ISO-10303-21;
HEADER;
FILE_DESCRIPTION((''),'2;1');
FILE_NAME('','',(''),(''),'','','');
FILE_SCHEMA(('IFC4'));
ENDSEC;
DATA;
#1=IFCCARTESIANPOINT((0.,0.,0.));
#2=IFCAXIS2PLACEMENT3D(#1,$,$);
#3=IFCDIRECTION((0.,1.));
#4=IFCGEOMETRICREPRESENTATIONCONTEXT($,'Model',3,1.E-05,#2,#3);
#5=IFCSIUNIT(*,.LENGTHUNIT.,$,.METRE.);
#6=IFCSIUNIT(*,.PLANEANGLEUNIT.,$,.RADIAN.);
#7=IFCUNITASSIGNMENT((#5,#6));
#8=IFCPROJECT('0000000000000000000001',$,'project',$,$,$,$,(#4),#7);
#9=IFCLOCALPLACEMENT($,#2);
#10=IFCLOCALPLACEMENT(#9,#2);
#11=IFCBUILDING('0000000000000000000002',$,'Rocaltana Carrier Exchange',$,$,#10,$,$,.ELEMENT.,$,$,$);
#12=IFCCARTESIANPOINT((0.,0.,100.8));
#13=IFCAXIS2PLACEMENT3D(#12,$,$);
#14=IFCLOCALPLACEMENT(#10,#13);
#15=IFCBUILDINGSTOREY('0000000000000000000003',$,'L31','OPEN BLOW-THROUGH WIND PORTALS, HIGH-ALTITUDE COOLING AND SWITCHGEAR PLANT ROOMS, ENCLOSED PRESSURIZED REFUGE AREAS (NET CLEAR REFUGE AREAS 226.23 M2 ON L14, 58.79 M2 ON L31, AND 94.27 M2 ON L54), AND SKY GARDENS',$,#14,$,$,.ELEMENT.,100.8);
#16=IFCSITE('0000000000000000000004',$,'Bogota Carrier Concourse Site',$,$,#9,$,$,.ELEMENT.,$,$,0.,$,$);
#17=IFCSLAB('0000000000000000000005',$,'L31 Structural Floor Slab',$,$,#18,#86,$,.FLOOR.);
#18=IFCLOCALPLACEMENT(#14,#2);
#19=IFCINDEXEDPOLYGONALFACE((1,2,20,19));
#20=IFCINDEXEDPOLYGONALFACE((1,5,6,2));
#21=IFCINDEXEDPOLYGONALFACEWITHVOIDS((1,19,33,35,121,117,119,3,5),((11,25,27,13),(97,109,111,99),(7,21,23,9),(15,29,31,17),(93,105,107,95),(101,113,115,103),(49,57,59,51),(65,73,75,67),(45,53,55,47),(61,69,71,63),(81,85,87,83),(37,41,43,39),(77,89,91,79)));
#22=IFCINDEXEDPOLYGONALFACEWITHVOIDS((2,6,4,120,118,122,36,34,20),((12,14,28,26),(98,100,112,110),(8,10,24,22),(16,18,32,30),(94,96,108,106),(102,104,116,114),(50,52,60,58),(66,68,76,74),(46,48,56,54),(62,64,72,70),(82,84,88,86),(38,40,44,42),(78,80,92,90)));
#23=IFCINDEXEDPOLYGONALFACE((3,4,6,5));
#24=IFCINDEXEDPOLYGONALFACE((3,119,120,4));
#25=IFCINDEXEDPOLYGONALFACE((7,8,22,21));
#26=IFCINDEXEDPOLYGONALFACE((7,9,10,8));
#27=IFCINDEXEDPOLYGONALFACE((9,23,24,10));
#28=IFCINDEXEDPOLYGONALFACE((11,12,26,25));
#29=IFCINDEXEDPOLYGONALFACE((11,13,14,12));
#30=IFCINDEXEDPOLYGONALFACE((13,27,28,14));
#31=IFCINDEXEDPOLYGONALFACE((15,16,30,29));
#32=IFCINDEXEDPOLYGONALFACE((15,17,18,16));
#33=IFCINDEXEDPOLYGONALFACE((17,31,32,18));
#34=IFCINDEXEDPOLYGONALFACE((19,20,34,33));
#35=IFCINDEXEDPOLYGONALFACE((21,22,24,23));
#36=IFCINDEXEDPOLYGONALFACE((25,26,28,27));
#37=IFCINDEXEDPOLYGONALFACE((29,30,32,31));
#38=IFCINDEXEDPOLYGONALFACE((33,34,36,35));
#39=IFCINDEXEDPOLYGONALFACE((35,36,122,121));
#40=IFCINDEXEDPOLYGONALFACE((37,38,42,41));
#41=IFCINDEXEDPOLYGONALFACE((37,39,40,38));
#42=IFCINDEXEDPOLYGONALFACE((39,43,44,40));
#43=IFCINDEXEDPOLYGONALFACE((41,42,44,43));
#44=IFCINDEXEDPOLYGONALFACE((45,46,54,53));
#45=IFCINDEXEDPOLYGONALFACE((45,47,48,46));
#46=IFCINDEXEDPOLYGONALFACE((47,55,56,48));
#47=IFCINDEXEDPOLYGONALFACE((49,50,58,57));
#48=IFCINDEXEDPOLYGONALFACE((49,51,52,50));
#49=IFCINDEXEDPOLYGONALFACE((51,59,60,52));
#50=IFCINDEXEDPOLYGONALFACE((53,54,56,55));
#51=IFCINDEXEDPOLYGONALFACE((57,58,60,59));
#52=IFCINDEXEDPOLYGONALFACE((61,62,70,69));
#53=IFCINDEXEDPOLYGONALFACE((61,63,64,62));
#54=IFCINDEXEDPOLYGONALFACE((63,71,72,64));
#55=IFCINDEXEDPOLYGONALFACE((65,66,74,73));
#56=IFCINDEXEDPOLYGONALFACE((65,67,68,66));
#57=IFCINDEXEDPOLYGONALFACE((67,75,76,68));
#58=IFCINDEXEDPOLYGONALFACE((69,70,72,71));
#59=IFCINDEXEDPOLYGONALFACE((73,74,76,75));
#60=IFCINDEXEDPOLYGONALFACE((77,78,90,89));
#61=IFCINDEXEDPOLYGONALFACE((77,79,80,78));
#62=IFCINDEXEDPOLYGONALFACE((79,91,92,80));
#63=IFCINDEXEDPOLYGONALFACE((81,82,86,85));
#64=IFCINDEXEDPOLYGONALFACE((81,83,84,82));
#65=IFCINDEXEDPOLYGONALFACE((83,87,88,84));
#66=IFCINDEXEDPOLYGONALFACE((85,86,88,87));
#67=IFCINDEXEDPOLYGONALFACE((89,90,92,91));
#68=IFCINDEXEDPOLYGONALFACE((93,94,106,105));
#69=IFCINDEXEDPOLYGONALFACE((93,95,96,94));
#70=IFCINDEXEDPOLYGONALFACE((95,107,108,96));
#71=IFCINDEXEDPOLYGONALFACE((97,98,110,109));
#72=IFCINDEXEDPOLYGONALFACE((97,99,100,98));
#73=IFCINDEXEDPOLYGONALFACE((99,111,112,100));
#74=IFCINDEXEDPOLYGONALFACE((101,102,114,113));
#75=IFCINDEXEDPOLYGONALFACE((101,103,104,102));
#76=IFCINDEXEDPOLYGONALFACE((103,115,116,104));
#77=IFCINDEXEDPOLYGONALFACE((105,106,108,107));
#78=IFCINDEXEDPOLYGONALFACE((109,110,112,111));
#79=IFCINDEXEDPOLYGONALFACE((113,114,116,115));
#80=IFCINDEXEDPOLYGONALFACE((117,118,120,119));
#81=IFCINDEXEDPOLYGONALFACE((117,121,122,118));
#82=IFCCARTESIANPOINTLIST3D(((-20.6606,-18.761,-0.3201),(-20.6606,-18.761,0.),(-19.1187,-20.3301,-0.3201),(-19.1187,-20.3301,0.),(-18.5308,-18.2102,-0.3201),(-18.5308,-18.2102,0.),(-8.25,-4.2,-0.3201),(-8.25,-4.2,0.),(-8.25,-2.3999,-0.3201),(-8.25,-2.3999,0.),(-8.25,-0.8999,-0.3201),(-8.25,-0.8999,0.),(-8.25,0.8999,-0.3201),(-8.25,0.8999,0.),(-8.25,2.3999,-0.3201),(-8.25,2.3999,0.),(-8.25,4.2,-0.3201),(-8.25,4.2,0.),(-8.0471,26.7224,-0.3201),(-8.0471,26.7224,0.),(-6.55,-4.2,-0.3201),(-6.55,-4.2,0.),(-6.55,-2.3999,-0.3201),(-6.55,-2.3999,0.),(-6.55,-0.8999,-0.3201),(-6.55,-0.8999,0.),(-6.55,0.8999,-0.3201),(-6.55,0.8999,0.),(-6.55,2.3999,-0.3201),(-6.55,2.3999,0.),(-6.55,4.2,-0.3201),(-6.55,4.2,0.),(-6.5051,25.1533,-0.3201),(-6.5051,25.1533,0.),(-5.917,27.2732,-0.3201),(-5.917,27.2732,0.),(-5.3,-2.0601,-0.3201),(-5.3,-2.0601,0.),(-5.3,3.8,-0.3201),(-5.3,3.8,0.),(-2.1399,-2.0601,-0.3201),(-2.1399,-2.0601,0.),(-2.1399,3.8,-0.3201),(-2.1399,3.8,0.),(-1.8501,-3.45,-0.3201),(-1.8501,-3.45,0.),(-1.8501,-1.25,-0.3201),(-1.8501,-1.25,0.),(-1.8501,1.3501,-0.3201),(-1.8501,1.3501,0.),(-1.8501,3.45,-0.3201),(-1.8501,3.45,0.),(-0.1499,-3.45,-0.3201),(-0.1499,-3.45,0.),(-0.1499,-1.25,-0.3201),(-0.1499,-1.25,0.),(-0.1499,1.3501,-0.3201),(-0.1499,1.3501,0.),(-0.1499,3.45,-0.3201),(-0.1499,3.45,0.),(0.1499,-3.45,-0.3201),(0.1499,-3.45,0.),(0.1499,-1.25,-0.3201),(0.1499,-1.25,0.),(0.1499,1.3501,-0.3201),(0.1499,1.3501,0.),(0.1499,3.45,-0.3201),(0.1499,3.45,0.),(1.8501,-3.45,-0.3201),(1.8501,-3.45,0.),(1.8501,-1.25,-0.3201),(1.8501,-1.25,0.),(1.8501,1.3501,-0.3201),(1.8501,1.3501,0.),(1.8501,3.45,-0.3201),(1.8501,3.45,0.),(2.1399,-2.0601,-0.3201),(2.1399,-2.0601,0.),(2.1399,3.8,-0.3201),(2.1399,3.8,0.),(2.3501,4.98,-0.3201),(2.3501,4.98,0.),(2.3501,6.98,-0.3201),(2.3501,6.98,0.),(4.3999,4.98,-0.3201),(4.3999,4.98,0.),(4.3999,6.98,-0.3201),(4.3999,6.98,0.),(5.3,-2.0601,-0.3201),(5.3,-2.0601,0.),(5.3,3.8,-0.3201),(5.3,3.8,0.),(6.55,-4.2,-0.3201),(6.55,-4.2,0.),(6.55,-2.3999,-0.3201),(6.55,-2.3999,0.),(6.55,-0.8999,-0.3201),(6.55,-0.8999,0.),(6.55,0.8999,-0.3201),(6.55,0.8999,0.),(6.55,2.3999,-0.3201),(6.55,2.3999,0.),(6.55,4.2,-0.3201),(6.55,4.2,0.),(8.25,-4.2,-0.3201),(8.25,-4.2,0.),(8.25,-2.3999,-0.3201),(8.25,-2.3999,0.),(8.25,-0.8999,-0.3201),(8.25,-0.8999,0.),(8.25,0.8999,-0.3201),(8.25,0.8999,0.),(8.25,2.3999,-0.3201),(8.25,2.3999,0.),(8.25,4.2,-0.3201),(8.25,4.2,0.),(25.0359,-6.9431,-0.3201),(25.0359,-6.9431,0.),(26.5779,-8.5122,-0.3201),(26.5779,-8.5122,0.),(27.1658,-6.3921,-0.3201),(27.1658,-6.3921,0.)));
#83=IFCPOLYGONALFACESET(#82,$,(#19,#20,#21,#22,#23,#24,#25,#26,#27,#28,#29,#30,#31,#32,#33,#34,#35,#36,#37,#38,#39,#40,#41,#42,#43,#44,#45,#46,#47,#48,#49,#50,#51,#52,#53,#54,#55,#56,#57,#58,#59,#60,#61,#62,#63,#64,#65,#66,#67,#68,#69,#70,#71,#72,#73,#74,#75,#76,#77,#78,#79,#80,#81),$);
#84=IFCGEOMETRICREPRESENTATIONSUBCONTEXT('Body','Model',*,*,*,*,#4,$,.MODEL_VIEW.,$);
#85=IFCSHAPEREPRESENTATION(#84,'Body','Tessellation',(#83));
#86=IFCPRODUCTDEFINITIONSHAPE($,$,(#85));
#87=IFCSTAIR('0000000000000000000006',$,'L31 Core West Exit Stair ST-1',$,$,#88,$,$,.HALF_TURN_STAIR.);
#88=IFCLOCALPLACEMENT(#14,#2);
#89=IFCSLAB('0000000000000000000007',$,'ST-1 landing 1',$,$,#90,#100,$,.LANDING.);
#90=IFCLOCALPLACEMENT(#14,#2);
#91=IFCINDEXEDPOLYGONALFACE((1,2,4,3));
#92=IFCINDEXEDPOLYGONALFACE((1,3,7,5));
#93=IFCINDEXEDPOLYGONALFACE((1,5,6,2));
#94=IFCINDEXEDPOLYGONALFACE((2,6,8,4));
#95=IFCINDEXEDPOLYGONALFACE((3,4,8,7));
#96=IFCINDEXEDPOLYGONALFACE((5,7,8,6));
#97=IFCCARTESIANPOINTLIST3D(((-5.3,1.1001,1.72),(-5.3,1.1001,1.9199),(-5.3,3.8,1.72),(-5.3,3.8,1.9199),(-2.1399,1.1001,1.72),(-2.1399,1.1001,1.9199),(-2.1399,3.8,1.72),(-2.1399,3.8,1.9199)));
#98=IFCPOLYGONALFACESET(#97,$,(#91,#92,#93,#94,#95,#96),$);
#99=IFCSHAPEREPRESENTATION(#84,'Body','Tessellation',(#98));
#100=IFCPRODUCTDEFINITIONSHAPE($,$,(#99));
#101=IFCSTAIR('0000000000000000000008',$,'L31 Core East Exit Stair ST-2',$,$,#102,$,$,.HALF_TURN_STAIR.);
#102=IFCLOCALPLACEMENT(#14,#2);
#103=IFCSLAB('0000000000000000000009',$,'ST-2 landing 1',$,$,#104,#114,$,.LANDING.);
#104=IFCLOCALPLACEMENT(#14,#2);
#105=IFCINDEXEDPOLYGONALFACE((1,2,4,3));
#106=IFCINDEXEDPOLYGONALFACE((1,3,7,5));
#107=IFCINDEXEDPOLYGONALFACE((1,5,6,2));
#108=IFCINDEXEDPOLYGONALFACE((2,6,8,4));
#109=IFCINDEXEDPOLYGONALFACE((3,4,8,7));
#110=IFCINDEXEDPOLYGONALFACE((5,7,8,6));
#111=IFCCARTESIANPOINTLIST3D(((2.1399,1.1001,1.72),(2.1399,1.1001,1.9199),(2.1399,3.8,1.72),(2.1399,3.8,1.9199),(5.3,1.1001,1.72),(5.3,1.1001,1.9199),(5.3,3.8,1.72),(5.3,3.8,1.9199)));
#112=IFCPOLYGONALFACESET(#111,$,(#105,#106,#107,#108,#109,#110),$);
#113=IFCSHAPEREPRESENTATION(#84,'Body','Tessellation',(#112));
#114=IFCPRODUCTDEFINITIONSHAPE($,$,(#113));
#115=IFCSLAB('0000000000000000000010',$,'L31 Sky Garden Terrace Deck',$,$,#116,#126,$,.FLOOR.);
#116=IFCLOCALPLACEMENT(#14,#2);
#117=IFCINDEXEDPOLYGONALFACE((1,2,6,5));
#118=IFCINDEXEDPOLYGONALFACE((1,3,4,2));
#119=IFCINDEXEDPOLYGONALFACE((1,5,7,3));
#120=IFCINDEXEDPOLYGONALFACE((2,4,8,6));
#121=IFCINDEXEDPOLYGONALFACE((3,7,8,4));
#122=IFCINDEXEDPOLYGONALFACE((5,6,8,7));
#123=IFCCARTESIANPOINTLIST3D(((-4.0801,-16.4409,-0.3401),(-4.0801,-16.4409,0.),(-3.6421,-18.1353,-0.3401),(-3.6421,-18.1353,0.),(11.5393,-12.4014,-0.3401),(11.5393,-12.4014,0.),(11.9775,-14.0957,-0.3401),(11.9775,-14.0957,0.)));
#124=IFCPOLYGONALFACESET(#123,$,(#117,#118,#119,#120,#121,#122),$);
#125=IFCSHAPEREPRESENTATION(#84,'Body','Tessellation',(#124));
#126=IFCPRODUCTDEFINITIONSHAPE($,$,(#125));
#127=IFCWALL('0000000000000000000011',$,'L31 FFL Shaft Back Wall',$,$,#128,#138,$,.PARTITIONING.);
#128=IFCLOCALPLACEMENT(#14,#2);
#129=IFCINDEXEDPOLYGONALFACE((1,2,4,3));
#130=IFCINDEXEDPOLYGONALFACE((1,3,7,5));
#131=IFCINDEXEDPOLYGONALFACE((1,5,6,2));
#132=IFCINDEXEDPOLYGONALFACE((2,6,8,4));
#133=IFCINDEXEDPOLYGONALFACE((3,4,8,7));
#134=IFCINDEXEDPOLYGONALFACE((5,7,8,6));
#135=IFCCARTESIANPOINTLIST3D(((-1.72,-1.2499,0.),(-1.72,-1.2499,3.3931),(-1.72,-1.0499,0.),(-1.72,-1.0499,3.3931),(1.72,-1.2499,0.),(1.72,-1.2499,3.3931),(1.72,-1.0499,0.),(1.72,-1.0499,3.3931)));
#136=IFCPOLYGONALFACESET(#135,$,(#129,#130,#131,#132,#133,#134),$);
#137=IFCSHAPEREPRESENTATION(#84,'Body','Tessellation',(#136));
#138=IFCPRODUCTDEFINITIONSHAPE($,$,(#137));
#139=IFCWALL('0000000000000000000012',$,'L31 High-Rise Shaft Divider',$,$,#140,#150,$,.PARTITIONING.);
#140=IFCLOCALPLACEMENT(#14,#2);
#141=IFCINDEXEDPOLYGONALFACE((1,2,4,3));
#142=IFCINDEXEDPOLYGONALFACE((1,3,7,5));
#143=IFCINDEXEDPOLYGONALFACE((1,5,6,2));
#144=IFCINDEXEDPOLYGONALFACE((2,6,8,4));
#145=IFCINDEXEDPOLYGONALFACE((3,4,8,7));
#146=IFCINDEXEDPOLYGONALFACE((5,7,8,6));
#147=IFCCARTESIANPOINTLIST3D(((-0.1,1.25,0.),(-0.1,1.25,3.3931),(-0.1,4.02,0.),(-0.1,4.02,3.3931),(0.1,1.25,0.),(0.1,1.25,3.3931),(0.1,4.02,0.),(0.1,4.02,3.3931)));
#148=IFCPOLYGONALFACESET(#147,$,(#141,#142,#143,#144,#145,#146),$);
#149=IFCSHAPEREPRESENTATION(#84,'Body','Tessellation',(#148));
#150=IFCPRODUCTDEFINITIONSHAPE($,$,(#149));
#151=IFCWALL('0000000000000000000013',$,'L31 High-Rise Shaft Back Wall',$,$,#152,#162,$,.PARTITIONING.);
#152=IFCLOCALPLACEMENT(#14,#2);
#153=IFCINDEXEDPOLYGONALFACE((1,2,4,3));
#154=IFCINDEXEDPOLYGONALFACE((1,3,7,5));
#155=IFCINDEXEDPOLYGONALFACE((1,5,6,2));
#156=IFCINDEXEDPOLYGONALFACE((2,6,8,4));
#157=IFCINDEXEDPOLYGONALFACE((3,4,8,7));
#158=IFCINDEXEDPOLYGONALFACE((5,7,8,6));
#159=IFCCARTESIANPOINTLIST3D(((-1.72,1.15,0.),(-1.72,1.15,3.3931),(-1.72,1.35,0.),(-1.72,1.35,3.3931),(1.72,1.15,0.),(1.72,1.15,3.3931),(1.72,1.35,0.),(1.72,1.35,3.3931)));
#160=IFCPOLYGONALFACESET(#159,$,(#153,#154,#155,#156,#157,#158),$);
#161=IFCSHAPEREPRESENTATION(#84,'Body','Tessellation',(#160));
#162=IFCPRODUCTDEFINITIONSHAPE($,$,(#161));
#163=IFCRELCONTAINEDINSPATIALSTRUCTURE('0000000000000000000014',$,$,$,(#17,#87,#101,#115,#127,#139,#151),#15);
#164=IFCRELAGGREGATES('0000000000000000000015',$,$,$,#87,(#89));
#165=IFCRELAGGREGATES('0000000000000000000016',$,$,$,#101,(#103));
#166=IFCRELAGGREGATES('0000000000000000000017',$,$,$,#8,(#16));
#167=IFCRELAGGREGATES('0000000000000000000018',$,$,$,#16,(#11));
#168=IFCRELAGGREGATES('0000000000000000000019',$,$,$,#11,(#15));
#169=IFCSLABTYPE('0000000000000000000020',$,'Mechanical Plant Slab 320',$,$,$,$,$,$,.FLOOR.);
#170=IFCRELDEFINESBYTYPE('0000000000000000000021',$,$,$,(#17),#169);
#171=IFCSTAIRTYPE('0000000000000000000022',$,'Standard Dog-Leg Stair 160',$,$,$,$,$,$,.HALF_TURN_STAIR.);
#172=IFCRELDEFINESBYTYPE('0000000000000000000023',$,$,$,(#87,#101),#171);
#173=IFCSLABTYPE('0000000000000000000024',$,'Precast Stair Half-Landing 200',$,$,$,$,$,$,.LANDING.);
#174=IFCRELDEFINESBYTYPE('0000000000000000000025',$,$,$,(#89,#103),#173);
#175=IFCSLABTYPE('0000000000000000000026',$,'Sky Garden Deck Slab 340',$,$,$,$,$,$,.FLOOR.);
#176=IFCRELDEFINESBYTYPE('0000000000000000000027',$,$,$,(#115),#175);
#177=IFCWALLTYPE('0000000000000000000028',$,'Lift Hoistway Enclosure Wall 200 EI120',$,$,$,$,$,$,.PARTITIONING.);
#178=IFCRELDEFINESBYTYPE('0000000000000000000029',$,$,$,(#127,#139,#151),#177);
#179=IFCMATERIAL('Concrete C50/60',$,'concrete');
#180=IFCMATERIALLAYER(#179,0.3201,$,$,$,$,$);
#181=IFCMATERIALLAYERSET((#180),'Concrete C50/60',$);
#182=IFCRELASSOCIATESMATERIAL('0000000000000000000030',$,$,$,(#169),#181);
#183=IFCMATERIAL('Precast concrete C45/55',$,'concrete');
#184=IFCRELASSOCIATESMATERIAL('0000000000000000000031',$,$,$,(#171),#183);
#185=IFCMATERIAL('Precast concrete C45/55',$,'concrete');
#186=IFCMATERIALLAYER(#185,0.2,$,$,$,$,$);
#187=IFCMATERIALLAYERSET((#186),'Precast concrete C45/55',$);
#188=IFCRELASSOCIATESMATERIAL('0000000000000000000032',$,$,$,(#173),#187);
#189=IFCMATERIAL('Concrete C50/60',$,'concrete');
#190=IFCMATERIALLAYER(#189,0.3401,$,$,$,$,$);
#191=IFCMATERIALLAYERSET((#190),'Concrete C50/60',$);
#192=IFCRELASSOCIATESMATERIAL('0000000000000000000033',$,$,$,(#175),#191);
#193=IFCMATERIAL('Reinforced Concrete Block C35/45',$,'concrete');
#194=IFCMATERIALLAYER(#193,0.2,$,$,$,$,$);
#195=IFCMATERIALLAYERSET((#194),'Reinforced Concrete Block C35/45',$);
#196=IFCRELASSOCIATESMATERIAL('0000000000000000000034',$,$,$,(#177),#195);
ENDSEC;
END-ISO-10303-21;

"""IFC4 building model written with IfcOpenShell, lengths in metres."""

from ifc_helpers import new_model, si_unit, direction, frame, frame_2d, origin, place, context, subcontext, project, spatial, polyline, rectangle, outline, extrude, material, layer, layer_set, type_object, element, aggregate, save


model = new_model("IFC4")

# Units and contexts
model_context = context("Model", 3, precision=1e-05, world=origin(), true_north=direction((0.0, 1.0)))
body_context = subcontext(model_context, "Body", "Model", "MODEL_VIEW")
ifc_project = project(units=[si_unit("LENGTHUNIT", "METRE"), si_unit("PLANEANGLEUNIT", "RADIAN")], contexts=[model_context])

# Site, building, storey
site_placement = place(None, origin())
site = spatial("IfcSite", under=ifc_project, at=site_placement, Name="Bogota Carrier Concourse Site", CompositionType="ELEMENT", RefElevation=0.0)
building_placement = place(site_placement, origin())
building = spatial("IfcBuilding", under=site, at=building_placement, Name="Rocaltana Carrier Exchange", CompositionType="ELEMENT")
storey_placement = place(building_placement, frame((0.0, 0.0, 100.8)))
storey = spatial("IfcBuildingStorey", under=building, at=storey_placement, Name="L31", Description="OPEN BLOW-THROUGH WIND PORTALS, HIGH-ALTITUDE COOLING AND SWITCHGEAR PLANT ROOMS, ENCLOSED PRESSURIZED REFUGE AREAS (NET CLEAR REFUGE AREAS 226.23 M2 ON L14, 58.79 M2 ON L31, AND 94.27 M2 ON L54), AND SKY GARDENS", CompositionType="ELEMENT", Elevation=100.8)

# Slab
ifc_material_1 = material(Name="Concrete C50/60", Category="concrete")
ifc_layer_1 = layer(ifc_material_1, 0.3201)
ifc_layer_set_1 = layer_set([ifc_layer_1], Name="Concrete C50/60")
slab_type_1 = type_object("IfcSlabType", Name="Mechanical Plant Slab 320", PredefinedType="FLOOR", material=ifc_layer_set_1)
slab_1_placement = place(storey_placement, frame((0.0, 0.0, -0.3201)))
element("IfcSlab", 1, at=slab_1_placement, inside=storey, type_object=slab_type_1, Name="L31 Structural Floor Slab", PredefinedType="FLOOR", context=body_context, shape_type="SweptSolid", body=[
    extrude(outline(polyline([(26.5779, -8.5122), (25.0359, -6.9431), (27.1658, -6.3921), (-5.917, 27.2732), (-6.5051, 25.1533), (-8.0471, 26.7224), (-20.6606, -18.761), (-18.5308, -18.2102), (-19.1187, -20.3301), (26.5779, -8.5122)]), holes=[polyline([(-5.3, -2.0601), (-2.1399, -2.0601), (-2.1399, 3.8), (-5.3, 3.8), (-5.3, -2.0601)]), polyline([(2.1399, -2.0601), (5.3, -2.0601), (5.3, 3.8), (2.1399, 3.8), (2.1399, -2.0601)]), polyline([(-1.8501, -3.45), (-0.1499, -3.45), (-0.1499, -1.25), (-1.8501, -1.25), (-1.8501, -3.45)]), polyline([(0.1499, -3.45), (1.8501, -3.45), (1.8501, -1.25), (0.1499, -1.25), (0.1499, -3.45)]), polyline([(2.3501, 4.98), (4.3999, 4.98), (4.3999, 6.98), (2.3501, 6.98), (2.3501, 4.98)]), polyline([(-1.8501, 1.3501), (-0.1499, 1.3501), (-0.1499, 3.45), (-1.8501, 3.45), (-1.8501, 1.3501)]), polyline([(0.1499, 1.3501), (1.8501, 1.3501), (1.8501, 3.45), (0.1499, 3.45), (0.1499, 1.3501)]), polyline([(-8.25, -4.2), (-6.55, -4.2), (-6.55, -2.3999), (-8.25, -2.3999), (-8.25, -4.2)]), polyline([(-8.25, -0.8999), (-6.55, -0.8999), (-6.55, 0.8999), (-8.25, 0.8999), (-8.25, -0.8999)]), polyline([(-8.25, 2.3999), (-6.55, 2.3999), (-6.55, 4.2), (-8.25, 4.2), (-8.25, 2.3999)]), polyline([(6.55, -4.2), (8.25, -4.2), (8.25, -2.3999), (6.55, -2.3999), (6.55, -4.2)]), polyline([(6.55, -0.8999), (8.25, -0.8999), (8.25, 0.8999), (6.55, 0.8999), (6.55, -0.8999)]), polyline([(6.55, 2.3999), (8.25, 2.3999), (8.25, 4.2), (6.55, 4.2), (6.55, 2.3999)])]), origin(), (0.0, 0.0, 1.0), 0.3201),
])

# Stairs, slabs
ifc_material_2 = material(Name="Precast concrete C45/55", Category="concrete")
stair_type = type_object("IfcStairType", Name="Standard Dog-Leg Stair 160", PredefinedType="HALF_TURN_STAIR", material=ifc_material_2)
stair_1_placement = place(storey_placement, origin())
stair_1 = element("IfcStair", 2, at=stair_1_placement, inside=storey, type_object=stair_type, Name="L31 Core West Exit Stair ST-1", PredefinedType="HALF_TURN_STAIR")
ifc_material_3 = material(Name="Precast concrete C45/55", Category="concrete")
ifc_layer_2 = layer(ifc_material_3, 0.2)
ifc_layer_set_2 = layer_set([ifc_layer_2], Name="Precast concrete C45/55")
slab_type_2 = type_object("IfcSlabType", Name="Precast Stair Half-Landing 200", PredefinedType="LANDING", material=ifc_layer_set_2)
slab_2_placement = place(storey_placement, frame((0.0, 0.0, 1.72)))
slab_2 = element("IfcSlab", 3, at=slab_2_placement, type_object=slab_type_2, Name="ST-1 landing 1", PredefinedType="LANDING", context=body_context, shape_type="SweptSolid", body=[
    extrude(outline(polyline([(-2.1399, 1.1001), (-2.1399, 3.8), (-5.3, 3.8), (-5.3, 1.1001), (-2.1399, 1.1001)])), origin(), (0.0, 0.0, 1.0), 0.2),
])
aggregate(stair_1, [slab_2])
stair_2_placement = place(storey_placement, origin())
stair_2 = element("IfcStair", 4, at=stair_2_placement, inside=storey, type_object=stair_type, Name="L31 Core East Exit Stair ST-2", PredefinedType="HALF_TURN_STAIR")
slab_3_placement = place(storey_placement, frame((0.0, 0.0, 1.72)))
slab_3 = element("IfcSlab", 5, at=slab_3_placement, type_object=slab_type_2, Name="ST-2 landing 1", PredefinedType="LANDING", context=body_context, shape_type="SweptSolid", body=[
    extrude(outline(polyline([(5.3, 1.1001), (5.3, 3.8), (2.1399, 3.8), (2.1399, 1.1001), (5.3, 1.1001)])), origin(), (0.0, 0.0, 1.0), 0.2),
])

# Slab
ifc_material_4 = material(Name="Concrete C50/60", Category="concrete")
ifc_layer_3 = layer(ifc_material_4, 0.3401)
ifc_layer_set_3 = layer_set([ifc_layer_3], Name="Concrete C50/60")
slab_type_3 = type_object("IfcSlabType", Name="Sky Garden Deck Slab 340", PredefinedType="FLOOR", material=ifc_layer_set_3)
slab_4_placement = place(storey_placement, frame((0.0, 0.0, -0.3401)))
element("IfcSlab", 6, at=slab_4_placement, inside=storey, type_object=slab_type_3, Name="L31 Sky Garden Terrace Deck", PredefinedType="FLOOR", context=body_context, shape_type="SweptSolid", body=[
    extrude(outline(polyline([(-4.0801, -16.4409), (-3.6421, -18.1353), (11.9775, -14.0957), (11.5393, -12.4014), (-4.0801, -16.4409)])), origin(), (0.0, 0.0, 1.0), 0.3401),
])

# Walls
ifc_material_5 = material(Name="Reinforced Concrete Block C35/45", Category="concrete")
ifc_layer_4 = layer(ifc_material_5, 0.2)
ifc_layer_set_4 = layer_set([ifc_layer_4], Name="Reinforced Concrete Block C35/45")
wall_type = type_object("IfcWallType", Name="Lift Hoistway Enclosure Wall 200 EI120", PredefinedType="PARTITIONING", material=ifc_layer_set_4)
wall_1_placement = place(storey_placement, frame((-1.72, -1.1499, 0.0), z_axis=(0.0, 0.0, 1.0), x_axis=(1.0, 0.0, 0.0)))
element("IfcWall", 7, at=wall_1_placement, inside=storey, type_object=wall_type, Name="L31 FFL Shaft Back Wall", PredefinedType="PARTITIONING", context=body_context, shape_type="SweptSolid", body=[
    extrude(rectangle(XDim=3.4399, YDim=0.2, at=frame_2d((1.72, 0.0))), origin(), (0.0, 0.0, 1.0), 3.3931),
])
wall_2_placement = place(storey_placement, frame((0.0, 1.25, 0.0), z_axis=(0.0, 0.0, 1.0), x_axis=(0.0, 1.0, 0.0)))
element("IfcWall", 8, at=wall_2_placement, inside=storey, type_object=wall_type, Name="L31 High-Rise Shaft Divider", PredefinedType="PARTITIONING", context=body_context, shape_type="SweptSolid", body=[
    extrude(rectangle(XDim=2.77, YDim=0.2, at=frame_2d((1.385, 0.0))), origin(), (0.0, 0.0, 1.0), 3.3931),
])
wall_3_placement = place(storey_placement, frame((-1.72, 1.25, 0.0), z_axis=(0.0, 0.0, 1.0), x_axis=(1.0, 0.0, 0.0)))
element("IfcWall", 9, at=wall_3_placement, inside=storey, type_object=wall_type, Name="L31 High-Rise Shaft Back Wall", PredefinedType="PARTITIONING", context=body_context, shape_type="SweptSolid", body=[
    extrude(rectangle(XDim=3.4399, YDim=0.2, at=frame_2d((1.72, 0.0))), origin(), (0.0, 0.0, 1.0), 3.3931),
])

aggregate(stair_2, [slab_3])

save(model, "model.ifc")
